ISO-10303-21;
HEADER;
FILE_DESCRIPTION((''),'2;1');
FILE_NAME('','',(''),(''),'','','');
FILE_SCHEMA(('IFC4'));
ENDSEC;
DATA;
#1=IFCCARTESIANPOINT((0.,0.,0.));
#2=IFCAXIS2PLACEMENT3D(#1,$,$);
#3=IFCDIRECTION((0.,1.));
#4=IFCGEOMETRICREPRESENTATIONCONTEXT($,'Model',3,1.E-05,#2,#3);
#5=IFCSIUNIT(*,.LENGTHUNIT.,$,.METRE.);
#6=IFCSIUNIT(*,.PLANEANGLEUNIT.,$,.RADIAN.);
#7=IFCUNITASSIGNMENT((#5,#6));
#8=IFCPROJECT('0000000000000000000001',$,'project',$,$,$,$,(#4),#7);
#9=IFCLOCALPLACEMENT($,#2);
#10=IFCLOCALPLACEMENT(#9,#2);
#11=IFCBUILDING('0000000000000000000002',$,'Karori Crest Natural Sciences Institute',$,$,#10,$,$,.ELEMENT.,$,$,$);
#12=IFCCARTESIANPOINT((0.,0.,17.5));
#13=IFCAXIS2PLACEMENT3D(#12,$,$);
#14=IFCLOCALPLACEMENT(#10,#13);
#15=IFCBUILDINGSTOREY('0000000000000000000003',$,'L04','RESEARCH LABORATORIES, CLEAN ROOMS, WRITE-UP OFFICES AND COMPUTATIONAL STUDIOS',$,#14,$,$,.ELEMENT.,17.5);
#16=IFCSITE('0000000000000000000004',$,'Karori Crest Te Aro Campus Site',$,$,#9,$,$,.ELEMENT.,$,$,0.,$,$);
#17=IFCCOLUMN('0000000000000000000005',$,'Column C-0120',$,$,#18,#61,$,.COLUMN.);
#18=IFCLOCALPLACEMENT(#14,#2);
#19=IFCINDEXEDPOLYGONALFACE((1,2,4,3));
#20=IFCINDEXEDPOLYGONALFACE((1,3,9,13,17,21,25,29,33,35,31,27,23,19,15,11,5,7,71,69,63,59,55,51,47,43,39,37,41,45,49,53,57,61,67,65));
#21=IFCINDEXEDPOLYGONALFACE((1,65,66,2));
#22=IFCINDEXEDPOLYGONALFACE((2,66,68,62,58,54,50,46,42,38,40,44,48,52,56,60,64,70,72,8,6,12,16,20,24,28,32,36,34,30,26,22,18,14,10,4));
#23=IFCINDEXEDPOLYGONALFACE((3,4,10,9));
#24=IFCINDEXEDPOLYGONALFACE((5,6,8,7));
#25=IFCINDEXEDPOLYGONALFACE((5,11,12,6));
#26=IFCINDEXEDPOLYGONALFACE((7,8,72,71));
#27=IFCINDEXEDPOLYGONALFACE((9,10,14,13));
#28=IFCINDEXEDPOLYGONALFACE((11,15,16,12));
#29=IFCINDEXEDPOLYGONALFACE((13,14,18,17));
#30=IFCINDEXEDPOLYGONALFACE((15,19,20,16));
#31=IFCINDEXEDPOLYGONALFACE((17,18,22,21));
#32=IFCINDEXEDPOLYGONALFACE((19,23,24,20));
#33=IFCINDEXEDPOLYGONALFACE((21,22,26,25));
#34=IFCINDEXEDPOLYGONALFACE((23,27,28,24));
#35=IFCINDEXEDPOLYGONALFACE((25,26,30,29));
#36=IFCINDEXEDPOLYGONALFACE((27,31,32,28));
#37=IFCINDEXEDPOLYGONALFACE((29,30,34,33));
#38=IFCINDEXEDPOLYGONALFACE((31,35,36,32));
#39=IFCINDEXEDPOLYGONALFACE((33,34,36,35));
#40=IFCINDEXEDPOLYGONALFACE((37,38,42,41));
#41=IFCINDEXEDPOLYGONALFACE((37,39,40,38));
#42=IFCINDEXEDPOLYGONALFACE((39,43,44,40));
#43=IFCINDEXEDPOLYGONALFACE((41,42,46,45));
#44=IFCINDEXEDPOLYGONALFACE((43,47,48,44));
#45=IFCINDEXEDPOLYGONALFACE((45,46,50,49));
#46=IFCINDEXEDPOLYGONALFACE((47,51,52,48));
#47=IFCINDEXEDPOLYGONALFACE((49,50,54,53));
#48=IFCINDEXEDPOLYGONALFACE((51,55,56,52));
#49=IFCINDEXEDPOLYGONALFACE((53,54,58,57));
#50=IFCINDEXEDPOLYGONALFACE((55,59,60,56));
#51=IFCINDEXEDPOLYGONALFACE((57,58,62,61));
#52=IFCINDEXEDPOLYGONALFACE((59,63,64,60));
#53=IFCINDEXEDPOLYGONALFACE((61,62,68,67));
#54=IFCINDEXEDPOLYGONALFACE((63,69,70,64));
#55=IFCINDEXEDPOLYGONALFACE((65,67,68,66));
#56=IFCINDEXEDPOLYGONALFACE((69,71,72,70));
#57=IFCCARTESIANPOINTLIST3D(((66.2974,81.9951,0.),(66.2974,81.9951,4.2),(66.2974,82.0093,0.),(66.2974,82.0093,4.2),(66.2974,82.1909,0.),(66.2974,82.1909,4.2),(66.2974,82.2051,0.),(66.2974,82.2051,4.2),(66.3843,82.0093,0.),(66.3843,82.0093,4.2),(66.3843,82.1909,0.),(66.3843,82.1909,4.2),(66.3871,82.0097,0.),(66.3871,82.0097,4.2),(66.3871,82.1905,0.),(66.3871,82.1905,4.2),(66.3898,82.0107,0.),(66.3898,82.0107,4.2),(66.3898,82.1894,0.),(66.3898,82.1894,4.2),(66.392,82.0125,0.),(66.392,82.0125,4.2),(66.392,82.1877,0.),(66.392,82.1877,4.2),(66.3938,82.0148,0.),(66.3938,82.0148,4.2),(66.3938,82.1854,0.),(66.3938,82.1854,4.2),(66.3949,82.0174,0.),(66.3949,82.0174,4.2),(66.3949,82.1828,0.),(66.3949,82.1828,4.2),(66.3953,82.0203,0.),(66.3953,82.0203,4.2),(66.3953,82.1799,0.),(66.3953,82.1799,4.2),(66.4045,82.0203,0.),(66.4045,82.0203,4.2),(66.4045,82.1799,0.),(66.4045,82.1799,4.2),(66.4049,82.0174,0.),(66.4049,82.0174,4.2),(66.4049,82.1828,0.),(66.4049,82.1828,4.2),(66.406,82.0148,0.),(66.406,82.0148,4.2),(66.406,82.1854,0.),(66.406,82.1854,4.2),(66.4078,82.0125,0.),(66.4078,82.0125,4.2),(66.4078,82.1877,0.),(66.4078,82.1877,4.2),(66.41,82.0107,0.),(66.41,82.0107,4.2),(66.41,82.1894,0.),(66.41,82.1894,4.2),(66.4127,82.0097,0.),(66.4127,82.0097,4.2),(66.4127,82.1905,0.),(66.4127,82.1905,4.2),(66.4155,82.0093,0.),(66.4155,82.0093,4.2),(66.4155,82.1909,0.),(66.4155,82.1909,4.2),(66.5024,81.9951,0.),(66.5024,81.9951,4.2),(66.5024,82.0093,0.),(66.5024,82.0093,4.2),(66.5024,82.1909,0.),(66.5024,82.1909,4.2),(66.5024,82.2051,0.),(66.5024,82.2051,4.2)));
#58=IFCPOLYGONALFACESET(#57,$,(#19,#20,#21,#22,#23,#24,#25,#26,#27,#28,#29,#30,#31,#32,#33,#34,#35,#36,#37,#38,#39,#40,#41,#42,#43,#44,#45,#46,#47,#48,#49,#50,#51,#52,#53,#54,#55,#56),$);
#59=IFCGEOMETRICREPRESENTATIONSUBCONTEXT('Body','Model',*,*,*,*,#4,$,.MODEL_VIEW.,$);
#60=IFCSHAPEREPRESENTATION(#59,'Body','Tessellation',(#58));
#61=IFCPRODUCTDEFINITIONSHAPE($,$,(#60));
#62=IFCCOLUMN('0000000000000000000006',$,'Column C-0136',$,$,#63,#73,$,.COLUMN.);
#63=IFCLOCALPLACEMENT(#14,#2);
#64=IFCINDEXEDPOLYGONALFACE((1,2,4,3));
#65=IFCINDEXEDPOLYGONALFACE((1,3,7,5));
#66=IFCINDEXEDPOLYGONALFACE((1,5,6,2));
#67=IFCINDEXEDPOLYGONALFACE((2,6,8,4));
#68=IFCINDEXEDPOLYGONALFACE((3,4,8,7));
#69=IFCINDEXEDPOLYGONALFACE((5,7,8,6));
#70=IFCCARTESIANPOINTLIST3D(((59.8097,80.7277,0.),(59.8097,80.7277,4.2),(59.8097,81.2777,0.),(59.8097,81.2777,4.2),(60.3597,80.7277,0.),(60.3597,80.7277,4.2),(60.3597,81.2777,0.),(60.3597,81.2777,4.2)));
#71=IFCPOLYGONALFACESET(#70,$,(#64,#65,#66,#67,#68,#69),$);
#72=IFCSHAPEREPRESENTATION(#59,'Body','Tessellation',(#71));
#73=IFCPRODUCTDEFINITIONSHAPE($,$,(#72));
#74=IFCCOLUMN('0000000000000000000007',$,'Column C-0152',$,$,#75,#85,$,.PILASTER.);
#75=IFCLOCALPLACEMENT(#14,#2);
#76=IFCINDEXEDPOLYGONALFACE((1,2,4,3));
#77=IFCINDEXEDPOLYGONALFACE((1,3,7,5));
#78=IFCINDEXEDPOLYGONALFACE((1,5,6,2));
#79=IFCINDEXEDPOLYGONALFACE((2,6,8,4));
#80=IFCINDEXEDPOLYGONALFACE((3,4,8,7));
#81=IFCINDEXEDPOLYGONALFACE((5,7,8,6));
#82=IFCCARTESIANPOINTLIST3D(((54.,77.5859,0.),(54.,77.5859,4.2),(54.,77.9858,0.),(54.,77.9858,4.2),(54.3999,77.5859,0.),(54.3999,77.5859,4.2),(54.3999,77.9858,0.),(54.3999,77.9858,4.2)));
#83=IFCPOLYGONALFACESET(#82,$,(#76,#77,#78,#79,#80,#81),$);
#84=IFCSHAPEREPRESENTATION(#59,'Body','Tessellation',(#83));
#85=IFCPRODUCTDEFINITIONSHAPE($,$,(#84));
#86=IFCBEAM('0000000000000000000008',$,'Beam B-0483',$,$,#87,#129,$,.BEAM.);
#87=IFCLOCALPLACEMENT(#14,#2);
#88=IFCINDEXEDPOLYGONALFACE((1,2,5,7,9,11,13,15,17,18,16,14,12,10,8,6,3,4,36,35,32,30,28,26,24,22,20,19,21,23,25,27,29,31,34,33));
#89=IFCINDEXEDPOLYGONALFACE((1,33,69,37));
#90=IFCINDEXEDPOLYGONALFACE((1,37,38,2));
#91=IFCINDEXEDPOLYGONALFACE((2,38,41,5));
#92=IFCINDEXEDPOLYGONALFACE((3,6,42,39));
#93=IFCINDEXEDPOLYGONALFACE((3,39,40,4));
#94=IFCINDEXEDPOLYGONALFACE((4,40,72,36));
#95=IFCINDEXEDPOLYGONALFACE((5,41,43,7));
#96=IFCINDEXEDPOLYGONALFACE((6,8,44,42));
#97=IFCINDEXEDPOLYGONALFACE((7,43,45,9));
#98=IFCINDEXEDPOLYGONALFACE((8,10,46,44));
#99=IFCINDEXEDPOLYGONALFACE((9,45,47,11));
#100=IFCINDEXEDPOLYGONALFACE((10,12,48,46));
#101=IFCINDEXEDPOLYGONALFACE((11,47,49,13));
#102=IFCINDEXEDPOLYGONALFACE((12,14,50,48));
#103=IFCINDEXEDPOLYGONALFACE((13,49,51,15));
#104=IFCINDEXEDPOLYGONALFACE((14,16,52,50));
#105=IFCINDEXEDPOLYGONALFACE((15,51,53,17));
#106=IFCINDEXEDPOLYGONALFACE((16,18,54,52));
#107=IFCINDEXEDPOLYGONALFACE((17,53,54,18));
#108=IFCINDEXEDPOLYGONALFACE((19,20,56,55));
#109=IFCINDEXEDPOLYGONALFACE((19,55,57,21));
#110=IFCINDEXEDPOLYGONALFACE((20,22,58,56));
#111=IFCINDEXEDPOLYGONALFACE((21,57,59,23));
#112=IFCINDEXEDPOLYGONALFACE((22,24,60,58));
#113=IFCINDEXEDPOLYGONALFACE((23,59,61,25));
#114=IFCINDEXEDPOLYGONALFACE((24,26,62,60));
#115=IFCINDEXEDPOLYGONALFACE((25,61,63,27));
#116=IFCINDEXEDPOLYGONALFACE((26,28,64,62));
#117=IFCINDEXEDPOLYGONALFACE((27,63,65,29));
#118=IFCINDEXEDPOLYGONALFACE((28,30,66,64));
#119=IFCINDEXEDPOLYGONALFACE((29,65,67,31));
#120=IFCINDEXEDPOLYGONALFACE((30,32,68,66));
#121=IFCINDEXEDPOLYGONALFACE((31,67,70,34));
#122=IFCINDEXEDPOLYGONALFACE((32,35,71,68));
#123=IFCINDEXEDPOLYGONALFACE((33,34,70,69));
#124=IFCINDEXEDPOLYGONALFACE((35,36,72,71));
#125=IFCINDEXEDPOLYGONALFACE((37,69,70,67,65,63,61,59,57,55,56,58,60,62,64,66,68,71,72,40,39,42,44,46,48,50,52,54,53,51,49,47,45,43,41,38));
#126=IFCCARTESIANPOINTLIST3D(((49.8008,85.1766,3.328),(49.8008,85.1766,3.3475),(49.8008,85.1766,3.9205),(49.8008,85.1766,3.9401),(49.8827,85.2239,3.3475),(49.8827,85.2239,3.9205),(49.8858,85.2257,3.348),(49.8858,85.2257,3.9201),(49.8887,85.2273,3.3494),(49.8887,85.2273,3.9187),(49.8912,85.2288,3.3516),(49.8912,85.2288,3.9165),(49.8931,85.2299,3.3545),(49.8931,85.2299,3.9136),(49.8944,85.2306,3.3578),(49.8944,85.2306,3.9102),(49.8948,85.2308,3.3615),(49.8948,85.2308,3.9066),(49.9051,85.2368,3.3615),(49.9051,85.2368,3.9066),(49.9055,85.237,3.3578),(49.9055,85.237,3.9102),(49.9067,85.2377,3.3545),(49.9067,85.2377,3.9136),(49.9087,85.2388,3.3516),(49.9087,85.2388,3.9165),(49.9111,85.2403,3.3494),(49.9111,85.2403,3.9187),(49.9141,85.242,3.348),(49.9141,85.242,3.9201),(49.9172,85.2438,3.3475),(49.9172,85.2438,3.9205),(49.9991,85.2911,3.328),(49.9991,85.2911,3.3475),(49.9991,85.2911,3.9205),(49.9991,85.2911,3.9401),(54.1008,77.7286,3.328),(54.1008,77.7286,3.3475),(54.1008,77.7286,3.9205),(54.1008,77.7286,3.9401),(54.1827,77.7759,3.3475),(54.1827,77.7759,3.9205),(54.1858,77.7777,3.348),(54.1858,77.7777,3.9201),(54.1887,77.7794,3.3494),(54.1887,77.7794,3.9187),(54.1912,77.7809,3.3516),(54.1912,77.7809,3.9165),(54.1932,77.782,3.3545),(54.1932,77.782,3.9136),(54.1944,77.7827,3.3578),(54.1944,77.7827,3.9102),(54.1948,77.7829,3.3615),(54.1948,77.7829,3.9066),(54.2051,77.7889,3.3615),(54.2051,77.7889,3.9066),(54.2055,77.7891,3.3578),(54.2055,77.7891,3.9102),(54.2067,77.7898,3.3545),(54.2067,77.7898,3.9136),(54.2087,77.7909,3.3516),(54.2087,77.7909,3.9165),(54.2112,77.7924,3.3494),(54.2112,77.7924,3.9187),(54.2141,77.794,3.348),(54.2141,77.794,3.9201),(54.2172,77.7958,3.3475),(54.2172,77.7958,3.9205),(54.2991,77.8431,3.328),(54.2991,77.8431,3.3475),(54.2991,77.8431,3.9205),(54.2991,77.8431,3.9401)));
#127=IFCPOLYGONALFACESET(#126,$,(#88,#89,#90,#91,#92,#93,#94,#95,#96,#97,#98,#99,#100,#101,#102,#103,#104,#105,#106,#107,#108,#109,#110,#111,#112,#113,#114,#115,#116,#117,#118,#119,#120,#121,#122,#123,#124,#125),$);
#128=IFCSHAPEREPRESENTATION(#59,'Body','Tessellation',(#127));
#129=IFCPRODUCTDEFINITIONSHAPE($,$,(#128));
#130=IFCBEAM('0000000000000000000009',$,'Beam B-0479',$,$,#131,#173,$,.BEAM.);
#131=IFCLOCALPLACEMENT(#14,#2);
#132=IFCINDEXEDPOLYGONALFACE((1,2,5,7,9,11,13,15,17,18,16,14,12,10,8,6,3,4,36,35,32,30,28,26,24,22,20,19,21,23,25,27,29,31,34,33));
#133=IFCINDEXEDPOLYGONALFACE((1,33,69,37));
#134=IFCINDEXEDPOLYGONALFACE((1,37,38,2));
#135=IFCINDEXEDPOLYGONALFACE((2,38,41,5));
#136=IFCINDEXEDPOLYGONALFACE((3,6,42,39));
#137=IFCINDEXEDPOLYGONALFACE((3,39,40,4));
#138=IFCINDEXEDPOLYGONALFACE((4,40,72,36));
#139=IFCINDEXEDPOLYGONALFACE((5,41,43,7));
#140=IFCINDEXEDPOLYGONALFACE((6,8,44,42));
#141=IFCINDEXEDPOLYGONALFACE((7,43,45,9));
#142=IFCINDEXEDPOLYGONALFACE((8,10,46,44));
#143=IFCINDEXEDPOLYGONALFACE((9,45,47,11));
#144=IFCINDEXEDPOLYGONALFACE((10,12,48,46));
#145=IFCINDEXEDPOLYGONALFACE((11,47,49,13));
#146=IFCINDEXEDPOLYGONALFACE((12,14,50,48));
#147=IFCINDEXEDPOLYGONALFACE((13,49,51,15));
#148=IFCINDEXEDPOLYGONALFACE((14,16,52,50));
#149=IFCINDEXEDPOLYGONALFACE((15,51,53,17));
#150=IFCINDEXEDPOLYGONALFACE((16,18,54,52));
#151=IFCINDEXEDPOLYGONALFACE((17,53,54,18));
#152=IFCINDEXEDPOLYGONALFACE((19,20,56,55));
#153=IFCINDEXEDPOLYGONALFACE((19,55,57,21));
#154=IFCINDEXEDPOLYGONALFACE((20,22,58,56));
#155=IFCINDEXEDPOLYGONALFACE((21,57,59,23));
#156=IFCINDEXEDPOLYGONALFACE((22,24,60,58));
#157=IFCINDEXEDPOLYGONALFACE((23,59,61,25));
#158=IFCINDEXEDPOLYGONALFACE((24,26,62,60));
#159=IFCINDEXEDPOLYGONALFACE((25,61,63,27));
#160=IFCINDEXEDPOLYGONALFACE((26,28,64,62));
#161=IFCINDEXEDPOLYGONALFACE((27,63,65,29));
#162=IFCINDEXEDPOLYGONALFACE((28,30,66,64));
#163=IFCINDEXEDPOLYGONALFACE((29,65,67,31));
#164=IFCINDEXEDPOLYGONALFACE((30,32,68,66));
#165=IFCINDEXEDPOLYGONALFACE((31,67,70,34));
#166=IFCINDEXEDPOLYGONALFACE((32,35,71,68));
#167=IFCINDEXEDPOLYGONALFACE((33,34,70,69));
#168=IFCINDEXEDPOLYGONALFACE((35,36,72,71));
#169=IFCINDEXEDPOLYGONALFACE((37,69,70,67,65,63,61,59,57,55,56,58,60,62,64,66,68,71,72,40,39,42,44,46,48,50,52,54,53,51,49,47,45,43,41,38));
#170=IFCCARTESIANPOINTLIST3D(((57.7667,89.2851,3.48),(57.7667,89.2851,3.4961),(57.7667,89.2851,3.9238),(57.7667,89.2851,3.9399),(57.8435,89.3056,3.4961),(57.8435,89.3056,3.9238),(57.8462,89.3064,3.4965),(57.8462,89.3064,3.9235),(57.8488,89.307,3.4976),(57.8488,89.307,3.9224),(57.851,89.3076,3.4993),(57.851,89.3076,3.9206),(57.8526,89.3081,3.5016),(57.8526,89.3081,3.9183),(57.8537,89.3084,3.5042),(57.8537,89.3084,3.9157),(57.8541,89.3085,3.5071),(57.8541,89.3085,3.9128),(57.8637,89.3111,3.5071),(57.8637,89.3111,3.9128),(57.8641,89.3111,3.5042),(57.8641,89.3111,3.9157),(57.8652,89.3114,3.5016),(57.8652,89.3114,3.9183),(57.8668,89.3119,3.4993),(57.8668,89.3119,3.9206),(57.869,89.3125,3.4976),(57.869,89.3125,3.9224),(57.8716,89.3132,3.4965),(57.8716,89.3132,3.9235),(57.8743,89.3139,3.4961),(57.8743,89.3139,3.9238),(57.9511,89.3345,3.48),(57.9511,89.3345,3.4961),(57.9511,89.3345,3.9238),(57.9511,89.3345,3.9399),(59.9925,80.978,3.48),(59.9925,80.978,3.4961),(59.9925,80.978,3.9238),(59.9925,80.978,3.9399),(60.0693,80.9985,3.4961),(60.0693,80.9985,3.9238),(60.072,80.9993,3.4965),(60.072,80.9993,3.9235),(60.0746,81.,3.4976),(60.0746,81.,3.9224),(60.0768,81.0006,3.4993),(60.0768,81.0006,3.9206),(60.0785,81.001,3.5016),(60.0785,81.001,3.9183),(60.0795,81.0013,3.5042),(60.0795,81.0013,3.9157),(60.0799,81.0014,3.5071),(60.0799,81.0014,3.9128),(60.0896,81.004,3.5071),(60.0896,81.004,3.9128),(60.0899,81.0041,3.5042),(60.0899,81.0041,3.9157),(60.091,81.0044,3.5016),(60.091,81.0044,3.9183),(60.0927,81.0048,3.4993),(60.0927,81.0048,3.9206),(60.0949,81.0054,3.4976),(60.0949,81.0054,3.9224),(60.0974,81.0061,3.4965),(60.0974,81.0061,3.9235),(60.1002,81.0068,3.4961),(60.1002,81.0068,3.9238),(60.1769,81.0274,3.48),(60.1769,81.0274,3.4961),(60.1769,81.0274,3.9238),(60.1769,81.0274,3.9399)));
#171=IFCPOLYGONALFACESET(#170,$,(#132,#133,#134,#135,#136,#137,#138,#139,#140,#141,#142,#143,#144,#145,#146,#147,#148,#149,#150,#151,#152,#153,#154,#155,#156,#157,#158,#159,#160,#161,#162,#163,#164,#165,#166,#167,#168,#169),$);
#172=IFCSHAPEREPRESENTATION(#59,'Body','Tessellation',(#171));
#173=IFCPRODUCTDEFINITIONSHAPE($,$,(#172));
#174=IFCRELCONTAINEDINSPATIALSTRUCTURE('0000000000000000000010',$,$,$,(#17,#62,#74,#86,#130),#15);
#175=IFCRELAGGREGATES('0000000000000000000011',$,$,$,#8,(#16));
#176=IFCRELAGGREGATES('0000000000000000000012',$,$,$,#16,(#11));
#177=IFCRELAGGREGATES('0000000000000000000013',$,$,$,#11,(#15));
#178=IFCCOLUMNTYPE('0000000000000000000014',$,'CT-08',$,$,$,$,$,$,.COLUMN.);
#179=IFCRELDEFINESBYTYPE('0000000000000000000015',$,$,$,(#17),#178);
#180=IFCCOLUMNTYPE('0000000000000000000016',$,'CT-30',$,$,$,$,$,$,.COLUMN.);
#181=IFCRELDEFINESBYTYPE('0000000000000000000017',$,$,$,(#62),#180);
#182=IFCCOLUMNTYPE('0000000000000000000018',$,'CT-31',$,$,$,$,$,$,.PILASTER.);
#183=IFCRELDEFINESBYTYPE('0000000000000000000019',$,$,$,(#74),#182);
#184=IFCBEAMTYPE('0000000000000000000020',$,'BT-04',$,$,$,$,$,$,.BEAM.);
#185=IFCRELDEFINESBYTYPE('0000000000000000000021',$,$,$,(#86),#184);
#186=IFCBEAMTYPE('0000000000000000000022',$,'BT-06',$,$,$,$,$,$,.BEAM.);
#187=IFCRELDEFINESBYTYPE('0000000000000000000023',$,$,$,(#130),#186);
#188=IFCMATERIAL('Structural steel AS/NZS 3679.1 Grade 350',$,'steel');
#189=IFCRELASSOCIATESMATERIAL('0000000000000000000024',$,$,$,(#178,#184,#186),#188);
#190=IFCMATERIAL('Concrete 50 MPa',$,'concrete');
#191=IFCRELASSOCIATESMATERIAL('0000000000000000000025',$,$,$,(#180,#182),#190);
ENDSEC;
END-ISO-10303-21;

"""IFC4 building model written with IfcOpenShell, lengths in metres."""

from ifc_helpers import new_model, si_unit, direction, frame, origin, origin_2d, place, context, subcontext, project, spatial, rectangle, i_section, extrude, material, material_profile, profile_set, type_object, element, save


model = new_model("IFC4")

# Units and contexts
model_context = context("Model", 3, precision=1e-05, world=origin(), true_north=direction((0.0, 1.0)))
body_context = subcontext(model_context, "Body", "Model", "MODEL_VIEW")
ifc_project = project(units=[si_unit("LENGTHUNIT", "METRE"), si_unit("PLANEANGLEUNIT", "RADIAN")], contexts=[model_context])

# Site, building, storey
site_placement = place(None, origin())
site = spatial("IfcSite", under=ifc_project, at=site_placement, Name="Karori Crest Te Aro Campus Site", CompositionType="ELEMENT", RefElevation=0.0)
building_placement = place(site_placement, origin())
building = spatial("IfcBuilding", under=site, at=building_placement, Name="Karori Crest Natural Sciences Institute", CompositionType="ELEMENT")
storey_placement = place(building_placement, frame((0.0, 0.0, 17.5)))
storey = spatial("IfcBuildingStorey", under=building, at=storey_placement, Name="L04", Description="RESEARCH LABORATORIES, CLEAN ROOMS, WRITE-UP OFFICES AND COMPUTATIONAL STUDIOS", CompositionType="ELEMENT", Elevation=17.5)

# Columns
ifc_material_1 = material(Name="Structural steel AS/NZS 3679.1 Grade 350", Category="steel")
ifc_material_profile_1 = material_profile(ifc_material_1, i_section(OverallWidth=0.2051, OverallDepth=0.21, WebThickness=0.0093, FlangeThickness=0.0142, FilletRadius=0.011, at=origin_2d()), Name="200UC59.5")
ifc_profile_set_1 = profile_set([ifc_material_profile_1], Name="Structural steel AS/NZS 3679.1 Grade 350")
column_type_1 = type_object("IfcColumnType", Name="CT-08", PredefinedType="COLUMN", material=ifc_profile_set_1)
column_1_placement = place(storey_placement, frame((66.3999, 82.1001, 0.0), z_axis=(0.0, 0.0, 1.0), x_axis=(1.0, 0.0, 0.0)))
element("IfcColumn", 1, at=column_1_placement, inside=storey, type_object=column_type_1, Name="Column C-0120", PredefinedType="COLUMN", context=body_context, shape_type="SweptSolid", body=[
    extrude(i_section(OverallWidth=0.2051, OverallDepth=0.21, WebThickness=0.0093, FlangeThickness=0.0142, FilletRadius=0.011, at=origin_2d()), origin(), (0.0, 0.0, 1.0), 4.2),
])
ifc_material_2 = material(Name="Concrete 50 MPa", Category="concrete")
ifc_material_profile_2 = material_profile(ifc_material_2, rectangle(XDim=0.55, YDim=0.55, at=origin_2d()), Name="RC550x550")
ifc_profile_set_2 = profile_set([ifc_material_profile_2], Name="Concrete 50 MPa")
column_type_2 = type_object("IfcColumnType", Name="CT-30", PredefinedType="COLUMN", material=ifc_profile_set_2)
column_2_placement = place(storey_placement, frame((60.0847, 81.0027, 0.0), z_axis=(0.0, 0.0, 1.0), x_axis=(1.0, 0.0, 0.0)))
element("IfcColumn", 2, at=column_2_placement, inside=storey, type_object=column_type_2, Name="Column C-0136", PredefinedType="COLUMN", context=body_context, shape_type="SweptSolid", body=[
    extrude(rectangle(XDim=0.55, YDim=0.55, at=origin_2d()), origin(), (0.0, 0.0, 1.0), 4.2),
])
ifc_material_profile_3 = material_profile(ifc_material_2, rectangle(XDim=0.3999, YDim=0.3999, at=origin_2d()), Name="RC400x400")
ifc_profile_set_3 = profile_set([ifc_material_profile_3], Name="Concrete 50 MPa")
column_type_3 = type_object("IfcColumnType", Name="CT-31", PredefinedType="PILASTER", material=ifc_profile_set_3)
column_3_placement = place(storey_placement, frame((54.2, 77.7859, 0.0), z_axis=(0.0, 0.0, 1.0), x_axis=(1.0, 0.0, 0.0)))
element("IfcColumn", 3, at=column_3_placement, inside=storey, type_object=column_type_3, Name="Column C-0152", PredefinedType="PILASTER", context=body_context, shape_type="SweptSolid", body=[
    extrude(rectangle(XDim=0.3999, YDim=0.3999, at=origin_2d()), origin(), (0.0, 0.0, 1.0), 4.2),
])

# Beams
ifc_material_profile_4 = material_profile(ifc_material_1, i_section(OverallWidth=0.229, OverallDepth=0.6121, WebThickness=0.012, FlangeThickness=0.0195, FilletRadius=0.0139, at=origin_2d()), Name="610UB125")
ifc_profile_set_4 = profile_set([ifc_material_profile_4], Name="Structural steel AS/NZS 3679.1 Grade 350")
beam_type_1 = type_object("IfcBeamType", Name="BT-04", PredefinedType="BEAM", material=ifc_profile_set_4)
beam_1_placement = place(storey_placement, frame((54.2, 77.7859, 3.634), z_axis=(-0.499995, 0.866028, 0.0), x_axis=(-0.866028, -0.499995, 0.0)))
element("IfcBeam", 4, at=beam_1_placement, inside=storey, type_object=beam_type_1, Name="Beam B-0483", PredefinedType="BEAM", context=body_context, shape_type="SweptSolid", body=[
    extrude(i_section(OverallWidth=0.229, OverallDepth=0.6121, WebThickness=0.012, FlangeThickness=0.0195, FilletRadius=0.0139, at=origin_2d()), origin(), (0.0, 0.0, 1.0), 8.6001),
])
ifc_material_profile_5 = material_profile(ifc_material_1, i_section(OverallWidth=0.1909, OverallDepth=0.46, WebThickness=0.01, FlangeThickness=0.0161, FilletRadius=0.011, at=origin_2d()), Name="460UB82.1")
ifc_profile_set_5 = profile_set([ifc_material_profile_5], Name="Structural steel AS/NZS 3679.1 Grade 350")
beam_type_2 = type_object("IfcBeamType", Name="BT-06", PredefinedType="BEAM", material=ifc_profile_set_5)
beam_2_placement = place(storey_placement, frame((60.0847, 81.0027, 3.71), z_axis=(-0.258813, 0.965928, 0.0), x_axis=(-0.965928, -0.258813, 0.0)))
element("IfcBeam", 5, at=beam_2_placement, inside=storey, type_object=beam_type_2, Name="Beam B-0479", PredefinedType="BEAM", context=body_context, shape_type="SweptSolid", body=[
    extrude(i_section(OverallWidth=0.1909, OverallDepth=0.46, WebThickness=0.01, FlangeThickness=0.0161, FilletRadius=0.011, at=origin_2d()), origin(), (0.0, 0.0, 1.0), 8.6001),
])

save(model, "model.ifc")
